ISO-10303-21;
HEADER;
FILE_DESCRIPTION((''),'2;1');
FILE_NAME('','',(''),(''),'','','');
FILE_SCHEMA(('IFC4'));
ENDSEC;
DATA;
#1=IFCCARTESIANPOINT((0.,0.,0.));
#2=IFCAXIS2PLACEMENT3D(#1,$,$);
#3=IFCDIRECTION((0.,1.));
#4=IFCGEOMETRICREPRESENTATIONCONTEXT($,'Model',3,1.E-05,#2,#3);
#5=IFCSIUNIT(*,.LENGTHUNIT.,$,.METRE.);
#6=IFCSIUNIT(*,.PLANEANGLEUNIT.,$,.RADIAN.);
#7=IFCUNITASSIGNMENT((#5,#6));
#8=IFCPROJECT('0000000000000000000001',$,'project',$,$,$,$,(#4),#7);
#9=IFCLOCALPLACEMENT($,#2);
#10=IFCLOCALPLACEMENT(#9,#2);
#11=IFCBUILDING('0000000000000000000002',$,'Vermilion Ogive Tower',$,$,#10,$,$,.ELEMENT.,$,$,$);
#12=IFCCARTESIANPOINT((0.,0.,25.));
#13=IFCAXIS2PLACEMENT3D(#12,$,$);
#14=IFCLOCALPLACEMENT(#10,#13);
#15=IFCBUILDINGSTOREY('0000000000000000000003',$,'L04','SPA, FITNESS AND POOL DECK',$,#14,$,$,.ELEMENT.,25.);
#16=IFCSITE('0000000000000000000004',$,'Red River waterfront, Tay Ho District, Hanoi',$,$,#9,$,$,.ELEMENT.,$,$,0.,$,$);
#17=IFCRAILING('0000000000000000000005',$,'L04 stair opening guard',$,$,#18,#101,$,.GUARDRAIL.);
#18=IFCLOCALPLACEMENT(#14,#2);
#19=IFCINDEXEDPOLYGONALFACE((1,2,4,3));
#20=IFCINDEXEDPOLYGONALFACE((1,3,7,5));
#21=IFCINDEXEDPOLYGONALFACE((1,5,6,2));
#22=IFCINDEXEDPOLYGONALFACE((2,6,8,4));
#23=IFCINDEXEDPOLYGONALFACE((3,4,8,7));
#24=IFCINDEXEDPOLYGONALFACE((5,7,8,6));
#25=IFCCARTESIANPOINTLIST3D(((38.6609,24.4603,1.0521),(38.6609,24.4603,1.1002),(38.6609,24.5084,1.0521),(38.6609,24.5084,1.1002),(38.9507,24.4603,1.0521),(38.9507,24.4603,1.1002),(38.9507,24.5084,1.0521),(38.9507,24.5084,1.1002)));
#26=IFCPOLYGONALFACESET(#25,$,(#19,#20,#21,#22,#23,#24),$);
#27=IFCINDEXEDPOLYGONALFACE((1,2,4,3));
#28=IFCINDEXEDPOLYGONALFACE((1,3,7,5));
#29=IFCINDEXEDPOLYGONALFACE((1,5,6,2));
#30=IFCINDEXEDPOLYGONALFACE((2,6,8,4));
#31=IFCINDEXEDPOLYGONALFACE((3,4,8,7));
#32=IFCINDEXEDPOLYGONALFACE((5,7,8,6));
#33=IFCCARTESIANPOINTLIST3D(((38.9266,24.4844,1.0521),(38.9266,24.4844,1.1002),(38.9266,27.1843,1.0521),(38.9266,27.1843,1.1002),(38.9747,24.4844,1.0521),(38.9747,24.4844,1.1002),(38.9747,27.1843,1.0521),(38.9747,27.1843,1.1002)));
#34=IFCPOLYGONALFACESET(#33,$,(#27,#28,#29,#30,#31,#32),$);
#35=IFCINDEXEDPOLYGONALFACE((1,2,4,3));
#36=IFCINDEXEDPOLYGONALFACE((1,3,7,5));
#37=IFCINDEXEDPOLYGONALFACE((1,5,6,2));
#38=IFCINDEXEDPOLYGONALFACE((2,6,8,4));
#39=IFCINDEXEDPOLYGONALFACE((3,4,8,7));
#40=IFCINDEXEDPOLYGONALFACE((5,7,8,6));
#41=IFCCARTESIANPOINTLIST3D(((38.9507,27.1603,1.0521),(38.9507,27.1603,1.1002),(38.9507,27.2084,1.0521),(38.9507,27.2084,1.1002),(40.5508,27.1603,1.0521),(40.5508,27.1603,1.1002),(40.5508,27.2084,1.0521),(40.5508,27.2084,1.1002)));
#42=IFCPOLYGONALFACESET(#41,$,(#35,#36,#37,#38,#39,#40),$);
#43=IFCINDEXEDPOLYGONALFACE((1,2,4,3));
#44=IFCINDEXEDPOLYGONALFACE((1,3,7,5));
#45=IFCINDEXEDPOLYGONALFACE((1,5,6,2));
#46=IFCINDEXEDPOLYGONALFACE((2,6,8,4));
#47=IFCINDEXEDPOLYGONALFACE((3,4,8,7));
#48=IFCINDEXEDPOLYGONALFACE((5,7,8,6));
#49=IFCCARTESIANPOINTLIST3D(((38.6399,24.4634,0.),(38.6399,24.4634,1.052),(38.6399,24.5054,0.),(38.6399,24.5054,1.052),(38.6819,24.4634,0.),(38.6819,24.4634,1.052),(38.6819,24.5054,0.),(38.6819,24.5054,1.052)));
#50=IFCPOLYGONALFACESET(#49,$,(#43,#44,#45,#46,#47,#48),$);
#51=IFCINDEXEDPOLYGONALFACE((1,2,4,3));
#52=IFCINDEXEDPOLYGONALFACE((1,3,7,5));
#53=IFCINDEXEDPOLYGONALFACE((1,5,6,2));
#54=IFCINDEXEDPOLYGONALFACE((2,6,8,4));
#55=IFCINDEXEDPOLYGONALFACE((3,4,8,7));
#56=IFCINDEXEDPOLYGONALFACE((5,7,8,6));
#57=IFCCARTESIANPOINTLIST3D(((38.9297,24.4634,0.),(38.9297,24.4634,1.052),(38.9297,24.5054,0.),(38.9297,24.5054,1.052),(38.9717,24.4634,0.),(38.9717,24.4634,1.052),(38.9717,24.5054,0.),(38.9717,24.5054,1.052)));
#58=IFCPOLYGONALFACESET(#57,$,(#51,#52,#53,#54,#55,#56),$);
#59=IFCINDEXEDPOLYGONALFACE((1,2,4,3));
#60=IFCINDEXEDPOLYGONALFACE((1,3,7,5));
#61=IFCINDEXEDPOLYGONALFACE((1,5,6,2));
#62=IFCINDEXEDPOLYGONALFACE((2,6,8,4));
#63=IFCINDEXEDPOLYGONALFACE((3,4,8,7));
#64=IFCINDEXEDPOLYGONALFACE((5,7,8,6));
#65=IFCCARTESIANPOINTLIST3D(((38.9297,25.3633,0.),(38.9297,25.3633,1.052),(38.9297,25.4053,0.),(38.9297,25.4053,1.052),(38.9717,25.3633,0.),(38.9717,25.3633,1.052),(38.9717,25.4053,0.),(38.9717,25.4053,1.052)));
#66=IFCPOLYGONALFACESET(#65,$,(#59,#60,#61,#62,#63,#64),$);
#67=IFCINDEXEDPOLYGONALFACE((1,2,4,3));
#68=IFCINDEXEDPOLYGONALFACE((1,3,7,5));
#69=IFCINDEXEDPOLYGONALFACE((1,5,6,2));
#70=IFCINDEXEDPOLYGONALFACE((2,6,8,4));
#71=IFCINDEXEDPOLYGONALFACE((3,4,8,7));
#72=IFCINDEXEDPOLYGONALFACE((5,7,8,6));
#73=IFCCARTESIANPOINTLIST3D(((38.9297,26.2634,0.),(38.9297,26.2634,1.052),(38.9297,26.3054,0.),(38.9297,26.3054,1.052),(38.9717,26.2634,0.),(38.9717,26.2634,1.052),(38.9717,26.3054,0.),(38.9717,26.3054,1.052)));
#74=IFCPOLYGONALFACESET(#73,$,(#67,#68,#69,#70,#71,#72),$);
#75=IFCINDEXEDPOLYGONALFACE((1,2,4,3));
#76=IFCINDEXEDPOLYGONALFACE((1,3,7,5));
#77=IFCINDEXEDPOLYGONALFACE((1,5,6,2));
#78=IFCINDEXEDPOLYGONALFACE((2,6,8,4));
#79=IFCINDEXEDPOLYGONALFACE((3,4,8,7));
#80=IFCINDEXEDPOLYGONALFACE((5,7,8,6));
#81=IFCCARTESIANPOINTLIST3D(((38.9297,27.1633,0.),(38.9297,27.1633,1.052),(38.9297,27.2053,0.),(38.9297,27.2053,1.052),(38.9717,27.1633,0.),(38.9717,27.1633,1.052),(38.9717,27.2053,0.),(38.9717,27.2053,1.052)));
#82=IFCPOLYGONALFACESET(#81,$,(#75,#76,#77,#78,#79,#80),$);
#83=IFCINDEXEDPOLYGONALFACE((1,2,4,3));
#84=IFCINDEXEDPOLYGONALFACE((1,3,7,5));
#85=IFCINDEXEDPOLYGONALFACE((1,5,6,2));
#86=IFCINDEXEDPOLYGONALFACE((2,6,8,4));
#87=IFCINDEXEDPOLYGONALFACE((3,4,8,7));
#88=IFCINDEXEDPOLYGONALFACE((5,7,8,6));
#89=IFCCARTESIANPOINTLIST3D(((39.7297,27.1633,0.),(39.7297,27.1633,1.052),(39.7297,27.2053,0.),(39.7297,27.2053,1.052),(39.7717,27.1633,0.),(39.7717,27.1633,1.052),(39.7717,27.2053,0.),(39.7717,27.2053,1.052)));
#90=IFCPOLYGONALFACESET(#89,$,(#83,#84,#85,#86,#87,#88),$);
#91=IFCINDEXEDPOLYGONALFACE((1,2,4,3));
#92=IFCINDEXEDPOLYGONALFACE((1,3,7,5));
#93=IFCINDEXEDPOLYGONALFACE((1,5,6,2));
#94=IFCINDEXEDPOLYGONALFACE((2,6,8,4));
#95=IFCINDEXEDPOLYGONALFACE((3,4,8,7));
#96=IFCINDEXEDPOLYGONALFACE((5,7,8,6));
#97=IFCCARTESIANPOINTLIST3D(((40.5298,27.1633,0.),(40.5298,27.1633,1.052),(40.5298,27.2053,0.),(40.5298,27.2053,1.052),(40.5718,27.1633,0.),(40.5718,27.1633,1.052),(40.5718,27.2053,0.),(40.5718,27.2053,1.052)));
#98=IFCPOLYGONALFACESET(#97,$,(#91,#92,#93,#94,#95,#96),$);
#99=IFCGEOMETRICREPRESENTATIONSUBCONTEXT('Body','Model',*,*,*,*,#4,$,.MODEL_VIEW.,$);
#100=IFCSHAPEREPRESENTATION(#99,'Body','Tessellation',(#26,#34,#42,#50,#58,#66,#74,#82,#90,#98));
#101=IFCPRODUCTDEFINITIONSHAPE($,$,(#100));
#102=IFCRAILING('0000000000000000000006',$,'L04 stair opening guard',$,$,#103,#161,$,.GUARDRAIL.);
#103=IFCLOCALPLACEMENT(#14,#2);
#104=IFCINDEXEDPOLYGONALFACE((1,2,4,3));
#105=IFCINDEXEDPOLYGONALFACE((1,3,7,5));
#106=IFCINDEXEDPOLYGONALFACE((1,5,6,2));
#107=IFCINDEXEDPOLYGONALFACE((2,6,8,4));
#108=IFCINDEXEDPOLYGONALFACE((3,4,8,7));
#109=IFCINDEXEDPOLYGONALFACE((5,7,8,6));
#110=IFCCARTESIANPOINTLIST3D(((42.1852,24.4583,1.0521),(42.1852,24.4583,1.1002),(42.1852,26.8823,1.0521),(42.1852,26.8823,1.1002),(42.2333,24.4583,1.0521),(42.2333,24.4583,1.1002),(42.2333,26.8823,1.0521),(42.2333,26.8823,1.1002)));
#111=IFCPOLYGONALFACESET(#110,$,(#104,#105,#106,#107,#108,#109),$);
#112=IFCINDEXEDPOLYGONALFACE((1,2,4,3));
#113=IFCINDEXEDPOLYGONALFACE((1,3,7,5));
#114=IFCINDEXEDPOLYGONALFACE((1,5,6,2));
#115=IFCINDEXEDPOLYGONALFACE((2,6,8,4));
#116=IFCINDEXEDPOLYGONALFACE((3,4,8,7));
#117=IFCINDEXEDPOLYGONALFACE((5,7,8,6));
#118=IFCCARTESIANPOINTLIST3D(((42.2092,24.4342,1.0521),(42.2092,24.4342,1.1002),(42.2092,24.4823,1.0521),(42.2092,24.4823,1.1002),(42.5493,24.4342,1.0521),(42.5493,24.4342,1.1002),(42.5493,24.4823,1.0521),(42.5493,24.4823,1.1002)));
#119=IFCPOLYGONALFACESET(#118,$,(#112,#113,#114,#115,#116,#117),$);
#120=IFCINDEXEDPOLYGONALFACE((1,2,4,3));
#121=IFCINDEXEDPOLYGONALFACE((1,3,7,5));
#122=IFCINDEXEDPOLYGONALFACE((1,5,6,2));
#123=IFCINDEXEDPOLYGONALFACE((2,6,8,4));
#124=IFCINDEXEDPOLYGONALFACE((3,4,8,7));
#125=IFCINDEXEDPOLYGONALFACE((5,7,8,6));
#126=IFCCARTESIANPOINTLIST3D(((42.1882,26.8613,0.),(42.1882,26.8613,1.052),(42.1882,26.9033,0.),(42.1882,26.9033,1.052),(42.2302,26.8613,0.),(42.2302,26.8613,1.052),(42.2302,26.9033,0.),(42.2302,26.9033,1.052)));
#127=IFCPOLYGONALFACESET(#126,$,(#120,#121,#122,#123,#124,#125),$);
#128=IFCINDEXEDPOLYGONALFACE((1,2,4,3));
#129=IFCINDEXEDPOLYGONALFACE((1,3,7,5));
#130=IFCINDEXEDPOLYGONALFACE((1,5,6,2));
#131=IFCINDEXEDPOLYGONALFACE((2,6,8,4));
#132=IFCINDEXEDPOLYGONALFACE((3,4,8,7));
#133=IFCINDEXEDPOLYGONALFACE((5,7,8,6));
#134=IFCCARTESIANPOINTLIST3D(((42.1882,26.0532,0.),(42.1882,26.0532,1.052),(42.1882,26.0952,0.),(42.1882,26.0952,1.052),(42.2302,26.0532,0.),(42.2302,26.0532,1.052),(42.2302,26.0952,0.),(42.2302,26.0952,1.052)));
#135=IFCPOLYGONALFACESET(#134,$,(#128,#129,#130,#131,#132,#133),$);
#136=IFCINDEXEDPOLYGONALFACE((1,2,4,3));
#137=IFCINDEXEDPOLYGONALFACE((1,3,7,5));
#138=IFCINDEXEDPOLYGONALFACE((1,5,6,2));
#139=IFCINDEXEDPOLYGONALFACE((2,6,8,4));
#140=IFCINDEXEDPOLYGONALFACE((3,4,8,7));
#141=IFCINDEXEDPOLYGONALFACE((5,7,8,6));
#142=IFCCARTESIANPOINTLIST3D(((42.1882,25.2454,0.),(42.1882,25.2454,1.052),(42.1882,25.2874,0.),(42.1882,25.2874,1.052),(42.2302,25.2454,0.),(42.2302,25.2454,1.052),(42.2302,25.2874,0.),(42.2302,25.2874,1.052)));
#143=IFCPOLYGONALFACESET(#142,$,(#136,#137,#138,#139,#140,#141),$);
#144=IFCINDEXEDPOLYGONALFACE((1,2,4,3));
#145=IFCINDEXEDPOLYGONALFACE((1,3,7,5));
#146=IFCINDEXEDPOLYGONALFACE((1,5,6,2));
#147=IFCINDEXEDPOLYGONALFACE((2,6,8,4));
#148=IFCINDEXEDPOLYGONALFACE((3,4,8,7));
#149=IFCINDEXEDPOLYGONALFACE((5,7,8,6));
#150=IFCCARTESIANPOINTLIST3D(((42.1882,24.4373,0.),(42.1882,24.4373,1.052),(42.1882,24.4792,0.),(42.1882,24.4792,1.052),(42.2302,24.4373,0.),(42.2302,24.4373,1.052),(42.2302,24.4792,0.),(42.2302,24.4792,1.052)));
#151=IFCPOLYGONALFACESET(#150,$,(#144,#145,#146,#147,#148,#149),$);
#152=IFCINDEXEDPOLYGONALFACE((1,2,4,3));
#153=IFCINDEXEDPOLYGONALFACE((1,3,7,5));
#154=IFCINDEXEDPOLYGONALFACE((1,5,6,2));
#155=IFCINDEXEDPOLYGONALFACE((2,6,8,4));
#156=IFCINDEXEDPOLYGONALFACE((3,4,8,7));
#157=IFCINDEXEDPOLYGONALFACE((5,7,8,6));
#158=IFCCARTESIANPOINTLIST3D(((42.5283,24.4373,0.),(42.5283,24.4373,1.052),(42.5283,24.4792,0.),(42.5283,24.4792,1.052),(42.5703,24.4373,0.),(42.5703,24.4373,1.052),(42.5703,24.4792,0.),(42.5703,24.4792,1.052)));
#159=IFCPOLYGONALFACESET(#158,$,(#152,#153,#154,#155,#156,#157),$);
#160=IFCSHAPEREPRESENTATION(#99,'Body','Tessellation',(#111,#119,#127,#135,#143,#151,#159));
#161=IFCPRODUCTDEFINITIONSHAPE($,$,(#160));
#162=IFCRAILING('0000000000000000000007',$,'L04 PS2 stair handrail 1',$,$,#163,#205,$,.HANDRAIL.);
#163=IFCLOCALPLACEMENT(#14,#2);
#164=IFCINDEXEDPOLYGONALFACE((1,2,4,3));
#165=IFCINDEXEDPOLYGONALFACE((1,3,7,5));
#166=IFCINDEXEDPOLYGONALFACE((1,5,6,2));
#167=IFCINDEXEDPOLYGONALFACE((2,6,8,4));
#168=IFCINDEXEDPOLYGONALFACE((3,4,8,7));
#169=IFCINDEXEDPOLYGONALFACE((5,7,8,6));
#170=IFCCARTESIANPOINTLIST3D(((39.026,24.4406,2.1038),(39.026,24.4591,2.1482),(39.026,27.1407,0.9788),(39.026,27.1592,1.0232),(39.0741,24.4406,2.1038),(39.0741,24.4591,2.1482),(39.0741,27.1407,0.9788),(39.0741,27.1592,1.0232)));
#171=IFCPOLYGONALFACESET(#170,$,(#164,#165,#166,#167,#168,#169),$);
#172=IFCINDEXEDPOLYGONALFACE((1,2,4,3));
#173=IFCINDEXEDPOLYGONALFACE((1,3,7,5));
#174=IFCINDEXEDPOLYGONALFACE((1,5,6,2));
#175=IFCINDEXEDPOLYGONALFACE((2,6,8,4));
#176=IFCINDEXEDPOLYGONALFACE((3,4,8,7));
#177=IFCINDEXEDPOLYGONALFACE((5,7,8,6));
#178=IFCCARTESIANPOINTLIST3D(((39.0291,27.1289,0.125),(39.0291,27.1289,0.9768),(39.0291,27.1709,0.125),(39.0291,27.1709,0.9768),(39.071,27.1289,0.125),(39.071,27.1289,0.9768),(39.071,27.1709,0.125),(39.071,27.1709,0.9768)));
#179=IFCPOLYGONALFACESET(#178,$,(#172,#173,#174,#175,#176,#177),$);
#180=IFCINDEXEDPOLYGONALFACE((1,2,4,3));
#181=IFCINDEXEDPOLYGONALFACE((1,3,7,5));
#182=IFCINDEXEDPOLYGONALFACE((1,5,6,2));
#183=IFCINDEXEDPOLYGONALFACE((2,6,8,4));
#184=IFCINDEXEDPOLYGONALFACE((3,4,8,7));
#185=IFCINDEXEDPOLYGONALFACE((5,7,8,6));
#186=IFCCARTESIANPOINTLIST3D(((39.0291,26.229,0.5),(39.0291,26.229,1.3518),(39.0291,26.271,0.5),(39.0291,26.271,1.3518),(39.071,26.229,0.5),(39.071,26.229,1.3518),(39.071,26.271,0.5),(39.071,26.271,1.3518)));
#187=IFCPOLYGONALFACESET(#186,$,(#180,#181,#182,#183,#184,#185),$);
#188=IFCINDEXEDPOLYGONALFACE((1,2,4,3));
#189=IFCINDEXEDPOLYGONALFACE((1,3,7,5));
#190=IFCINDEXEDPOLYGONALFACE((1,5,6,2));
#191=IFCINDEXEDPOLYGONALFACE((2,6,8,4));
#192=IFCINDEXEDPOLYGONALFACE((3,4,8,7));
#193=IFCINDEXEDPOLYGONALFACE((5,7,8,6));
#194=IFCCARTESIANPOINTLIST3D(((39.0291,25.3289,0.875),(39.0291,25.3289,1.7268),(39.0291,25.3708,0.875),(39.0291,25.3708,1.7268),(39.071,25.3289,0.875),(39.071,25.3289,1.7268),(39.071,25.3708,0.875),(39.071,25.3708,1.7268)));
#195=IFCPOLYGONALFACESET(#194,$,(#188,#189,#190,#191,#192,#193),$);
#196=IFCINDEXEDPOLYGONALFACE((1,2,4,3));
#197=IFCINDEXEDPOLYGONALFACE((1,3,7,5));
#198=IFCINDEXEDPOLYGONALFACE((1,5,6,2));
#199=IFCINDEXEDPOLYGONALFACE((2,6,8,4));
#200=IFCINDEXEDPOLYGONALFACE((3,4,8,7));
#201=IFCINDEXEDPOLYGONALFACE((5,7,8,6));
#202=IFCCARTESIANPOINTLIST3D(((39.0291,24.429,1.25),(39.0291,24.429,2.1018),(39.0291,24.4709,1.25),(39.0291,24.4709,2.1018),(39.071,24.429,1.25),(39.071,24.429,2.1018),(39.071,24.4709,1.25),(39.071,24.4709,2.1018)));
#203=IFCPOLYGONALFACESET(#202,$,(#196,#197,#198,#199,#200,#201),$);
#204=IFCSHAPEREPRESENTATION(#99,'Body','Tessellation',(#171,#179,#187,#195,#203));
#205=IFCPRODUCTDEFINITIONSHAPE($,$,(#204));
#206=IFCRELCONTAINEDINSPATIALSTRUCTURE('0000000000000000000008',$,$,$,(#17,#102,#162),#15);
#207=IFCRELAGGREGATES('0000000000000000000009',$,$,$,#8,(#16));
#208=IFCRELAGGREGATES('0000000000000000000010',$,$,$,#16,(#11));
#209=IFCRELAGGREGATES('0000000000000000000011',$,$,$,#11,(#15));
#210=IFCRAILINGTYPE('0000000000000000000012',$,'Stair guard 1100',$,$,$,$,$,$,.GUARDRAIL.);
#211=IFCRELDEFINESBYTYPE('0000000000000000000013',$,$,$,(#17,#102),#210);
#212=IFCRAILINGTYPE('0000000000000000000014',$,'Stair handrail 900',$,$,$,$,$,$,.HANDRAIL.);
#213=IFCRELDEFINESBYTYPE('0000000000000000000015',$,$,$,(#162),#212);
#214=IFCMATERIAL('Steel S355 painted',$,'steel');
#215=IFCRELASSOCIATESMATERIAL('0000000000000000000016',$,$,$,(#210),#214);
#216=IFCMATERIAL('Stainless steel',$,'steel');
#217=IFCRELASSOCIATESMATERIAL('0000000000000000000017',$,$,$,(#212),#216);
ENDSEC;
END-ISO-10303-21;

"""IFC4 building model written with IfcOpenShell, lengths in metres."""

from ifc_helpers import new_model, si_unit, direction, frame, origin, origin_2d, place, context, subcontext, project, spatial, rectangle, extrude, material, type_object, element, save


model = new_model("IFC4")

# Units and contexts
model_context = context("Model", 3, precision=1e-05, world=origin(), true_north=direction((0.0, 1.0)))
body_context = subcontext(model_context, "Body", "Model", "MODEL_VIEW")
ifc_project = project(units=[si_unit("LENGTHUNIT", "METRE"), si_unit("PLANEANGLEUNIT", "RADIAN")], contexts=[model_context])

# Site, building, storey
site_placement = place(None, origin())
site = spatial("IfcSite", under=ifc_project, at=site_placement, Name="Red River waterfront, Tay Ho District, Hanoi", CompositionType="ELEMENT", RefElevation=0.0)
building_placement = place(site_placement, origin())
building = spatial("IfcBuilding", under=site, at=building_placement, Name="Vermilion Ogive Tower", CompositionType="ELEMENT")
storey_placement = place(building_placement, frame((0.0, 0.0, 25.0)))
storey = spatial("IfcBuildingStorey", under=building, at=storey_placement, Name="L04", Description="SPA, FITNESS AND POOL DECK", CompositionType="ELEMENT", Elevation=25.0)

# Railings
ifc_material_1 = material(Name="Steel S355 painted", Category="steel")
railing_type_1 = type_object("IfcRailingType", Name="Stair guard 1100", PredefinedType="GUARDRAIL", material=ifc_material_1)
railing_1_placement = place(storey_placement, frame((38.6609, 24.4844, 0.0)))
element("IfcRailing", 1, at=railing_1_placement, inside=storey, type_object=railing_type_1, Name="L04 stair opening guard", PredefinedType="GUARDRAIL", context=body_context, shape_type="SweptSolid", body=[
    extrude(rectangle(XDim=0.0481, YDim=0.0481, at=origin_2d()), frame((0.0, 0.0, 1.0762), z_axis=(1.0, 0.0, 0.0), x_axis=(0.0, 1.0, 0.0)), (0.0, 0.0, 1.0), 0.2898),
    extrude(rectangle(XDim=0.0481, YDim=0.0481, at=origin_2d()), frame((0.2898, 0.0, 1.0762), z_axis=(0.0, 1.0, 0.0), x_axis=(-1.0, 0.0, 0.0)), (0.0, 0.0, 1.0), 2.7),
    extrude(rectangle(XDim=0.0481, YDim=0.0481, at=origin_2d()), frame((0.2898, 2.7, 1.0762), z_axis=(1.0, 0.0, 0.0), x_axis=(0.0, 1.0, 0.0)), (0.0, 0.0, 1.0), 1.6001),
    extrude(rectangle(XDim=0.042, YDim=0.042, at=origin_2d()), origin(), (0.0, 0.0, 1.0), 1.052),
    extrude(rectangle(XDim=0.042, YDim=0.042, at=origin_2d()), frame((0.2898, 0.0, 0.0)), (0.0, 0.0, 1.0), 1.052),
    extrude(rectangle(XDim=0.042, YDim=0.042, at=origin_2d()), frame((0.2898, 0.8999, 0.0)), (0.0, 0.0, 1.0), 1.052),
    extrude(rectangle(XDim=0.042, YDim=0.042, at=origin_2d()), frame((0.2898, 1.8, 0.0)), (0.0, 0.0, 1.0), 1.052),
    extrude(rectangle(XDim=0.042, YDim=0.042, at=origin_2d()), frame((0.2898, 2.7, 0.0)), (0.0, 0.0, 1.0), 1.052),
    extrude(rectangle(XDim=0.042, YDim=0.042, at=origin_2d()), frame((1.0898, 2.7, 0.0)), (0.0, 0.0, 1.0), 1.052),
    extrude(rectangle(XDim=0.042, YDim=0.042, at=origin_2d()), frame((1.8899, 2.7, 0.0)), (0.0, 0.0, 1.0), 1.052),
])
railing_2_placement = place(storey_placement, frame((42.2092, 26.8823, 0.0)))
element("IfcRailing", 2, at=railing_2_placement, inside=storey, type_object=railing_type_1, Name="L04 stair opening guard", PredefinedType="GUARDRAIL", context=body_context, shape_type="SweptSolid", body=[
    extrude(rectangle(XDim=0.0481, YDim=0.0481, at=origin_2d()), frame((0.0, 0.0, 1.0762), z_axis=(0.0, -1.0, 0.0), x_axis=(1.0, 0.0, 0.0)), (0.0, 0.0, 1.0), 2.4241),
    extrude(rectangle(XDim=0.0481, YDim=0.0481, at=origin_2d()), frame((0.0, -2.4241, 1.0762), z_axis=(1.0, 0.0, 0.0), x_axis=(0.0, 1.0, 0.0)), (0.0, 0.0, 1.0), 0.3401),
    extrude(rectangle(XDim=0.042, YDim=0.042, at=origin_2d()), origin(), (0.0, 0.0, 1.0), 1.052),
    extrude(rectangle(XDim=0.042, YDim=0.042, at=origin_2d()), frame((0.0, -0.8081, 0.0)), (0.0, 0.0, 1.0), 1.052),
    extrude(rectangle(XDim=0.042, YDim=0.042, at=origin_2d()), frame((0.0, -1.616, 0.0)), (0.0, 0.0, 1.0), 1.052),
    extrude(rectangle(XDim=0.042, YDim=0.042, at=origin_2d()), frame((0.0, -2.4241, 0.0)), (0.0, 0.0, 1.0), 1.052),
    extrude(rectangle(XDim=0.042, YDim=0.042, at=origin_2d()), frame((0.3401, -2.4241, 0.0)), (0.0, 0.0, 1.0), 1.052),
])
ifc_material_2 = material(Name="Stainless steel", Category="steel")
railing_type_2 = type_object("IfcRailingType", Name="Stair handrail 900", PredefinedType="HANDRAIL", material=ifc_material_2)
railing_3_placement = place(storey_placement, frame((39.05, 27.1499, 0.125)))
element("IfcRailing", 3, at=railing_3_placement, inside=storey, type_object=railing_type_2, Name="L04 PS2 stair handrail 1", PredefinedType="HANDRAIL", context=body_context, shape_type="SweptSolid", body=[
    extrude(rectangle(XDim=0.0481, YDim=0.0481, at=origin_2d()), frame((0.0, 0.0, 0.876), z_axis=(0.0, -0.923074, 0.384621), x_axis=(1.0, 0.0, 0.0)), (0.0, 0.0, 1.0), 2.925),
    extrude(rectangle(XDim=0.042, YDim=0.042, at=origin_2d()), origin(), (0.0, 0.0, 1.0), 0.8518),
    extrude(rectangle(XDim=0.042, YDim=0.042, at=origin_2d()), frame((0.0, -0.8999, 0.375)), (0.0, 0.0, 1.0), 0.8518),
    extrude(rectangle(XDim=0.042, YDim=0.042, at=origin_2d()), frame((0.0, -1.8, 0.75)), (0.0, 0.0, 1.0), 0.8518),
    extrude(rectangle(XDim=0.042, YDim=0.042, at=origin_2d()), frame((0.0, -2.7, 1.125)), (0.0, 0.0, 1.0), 0.8518),
])

save(model, "model.ifc")
